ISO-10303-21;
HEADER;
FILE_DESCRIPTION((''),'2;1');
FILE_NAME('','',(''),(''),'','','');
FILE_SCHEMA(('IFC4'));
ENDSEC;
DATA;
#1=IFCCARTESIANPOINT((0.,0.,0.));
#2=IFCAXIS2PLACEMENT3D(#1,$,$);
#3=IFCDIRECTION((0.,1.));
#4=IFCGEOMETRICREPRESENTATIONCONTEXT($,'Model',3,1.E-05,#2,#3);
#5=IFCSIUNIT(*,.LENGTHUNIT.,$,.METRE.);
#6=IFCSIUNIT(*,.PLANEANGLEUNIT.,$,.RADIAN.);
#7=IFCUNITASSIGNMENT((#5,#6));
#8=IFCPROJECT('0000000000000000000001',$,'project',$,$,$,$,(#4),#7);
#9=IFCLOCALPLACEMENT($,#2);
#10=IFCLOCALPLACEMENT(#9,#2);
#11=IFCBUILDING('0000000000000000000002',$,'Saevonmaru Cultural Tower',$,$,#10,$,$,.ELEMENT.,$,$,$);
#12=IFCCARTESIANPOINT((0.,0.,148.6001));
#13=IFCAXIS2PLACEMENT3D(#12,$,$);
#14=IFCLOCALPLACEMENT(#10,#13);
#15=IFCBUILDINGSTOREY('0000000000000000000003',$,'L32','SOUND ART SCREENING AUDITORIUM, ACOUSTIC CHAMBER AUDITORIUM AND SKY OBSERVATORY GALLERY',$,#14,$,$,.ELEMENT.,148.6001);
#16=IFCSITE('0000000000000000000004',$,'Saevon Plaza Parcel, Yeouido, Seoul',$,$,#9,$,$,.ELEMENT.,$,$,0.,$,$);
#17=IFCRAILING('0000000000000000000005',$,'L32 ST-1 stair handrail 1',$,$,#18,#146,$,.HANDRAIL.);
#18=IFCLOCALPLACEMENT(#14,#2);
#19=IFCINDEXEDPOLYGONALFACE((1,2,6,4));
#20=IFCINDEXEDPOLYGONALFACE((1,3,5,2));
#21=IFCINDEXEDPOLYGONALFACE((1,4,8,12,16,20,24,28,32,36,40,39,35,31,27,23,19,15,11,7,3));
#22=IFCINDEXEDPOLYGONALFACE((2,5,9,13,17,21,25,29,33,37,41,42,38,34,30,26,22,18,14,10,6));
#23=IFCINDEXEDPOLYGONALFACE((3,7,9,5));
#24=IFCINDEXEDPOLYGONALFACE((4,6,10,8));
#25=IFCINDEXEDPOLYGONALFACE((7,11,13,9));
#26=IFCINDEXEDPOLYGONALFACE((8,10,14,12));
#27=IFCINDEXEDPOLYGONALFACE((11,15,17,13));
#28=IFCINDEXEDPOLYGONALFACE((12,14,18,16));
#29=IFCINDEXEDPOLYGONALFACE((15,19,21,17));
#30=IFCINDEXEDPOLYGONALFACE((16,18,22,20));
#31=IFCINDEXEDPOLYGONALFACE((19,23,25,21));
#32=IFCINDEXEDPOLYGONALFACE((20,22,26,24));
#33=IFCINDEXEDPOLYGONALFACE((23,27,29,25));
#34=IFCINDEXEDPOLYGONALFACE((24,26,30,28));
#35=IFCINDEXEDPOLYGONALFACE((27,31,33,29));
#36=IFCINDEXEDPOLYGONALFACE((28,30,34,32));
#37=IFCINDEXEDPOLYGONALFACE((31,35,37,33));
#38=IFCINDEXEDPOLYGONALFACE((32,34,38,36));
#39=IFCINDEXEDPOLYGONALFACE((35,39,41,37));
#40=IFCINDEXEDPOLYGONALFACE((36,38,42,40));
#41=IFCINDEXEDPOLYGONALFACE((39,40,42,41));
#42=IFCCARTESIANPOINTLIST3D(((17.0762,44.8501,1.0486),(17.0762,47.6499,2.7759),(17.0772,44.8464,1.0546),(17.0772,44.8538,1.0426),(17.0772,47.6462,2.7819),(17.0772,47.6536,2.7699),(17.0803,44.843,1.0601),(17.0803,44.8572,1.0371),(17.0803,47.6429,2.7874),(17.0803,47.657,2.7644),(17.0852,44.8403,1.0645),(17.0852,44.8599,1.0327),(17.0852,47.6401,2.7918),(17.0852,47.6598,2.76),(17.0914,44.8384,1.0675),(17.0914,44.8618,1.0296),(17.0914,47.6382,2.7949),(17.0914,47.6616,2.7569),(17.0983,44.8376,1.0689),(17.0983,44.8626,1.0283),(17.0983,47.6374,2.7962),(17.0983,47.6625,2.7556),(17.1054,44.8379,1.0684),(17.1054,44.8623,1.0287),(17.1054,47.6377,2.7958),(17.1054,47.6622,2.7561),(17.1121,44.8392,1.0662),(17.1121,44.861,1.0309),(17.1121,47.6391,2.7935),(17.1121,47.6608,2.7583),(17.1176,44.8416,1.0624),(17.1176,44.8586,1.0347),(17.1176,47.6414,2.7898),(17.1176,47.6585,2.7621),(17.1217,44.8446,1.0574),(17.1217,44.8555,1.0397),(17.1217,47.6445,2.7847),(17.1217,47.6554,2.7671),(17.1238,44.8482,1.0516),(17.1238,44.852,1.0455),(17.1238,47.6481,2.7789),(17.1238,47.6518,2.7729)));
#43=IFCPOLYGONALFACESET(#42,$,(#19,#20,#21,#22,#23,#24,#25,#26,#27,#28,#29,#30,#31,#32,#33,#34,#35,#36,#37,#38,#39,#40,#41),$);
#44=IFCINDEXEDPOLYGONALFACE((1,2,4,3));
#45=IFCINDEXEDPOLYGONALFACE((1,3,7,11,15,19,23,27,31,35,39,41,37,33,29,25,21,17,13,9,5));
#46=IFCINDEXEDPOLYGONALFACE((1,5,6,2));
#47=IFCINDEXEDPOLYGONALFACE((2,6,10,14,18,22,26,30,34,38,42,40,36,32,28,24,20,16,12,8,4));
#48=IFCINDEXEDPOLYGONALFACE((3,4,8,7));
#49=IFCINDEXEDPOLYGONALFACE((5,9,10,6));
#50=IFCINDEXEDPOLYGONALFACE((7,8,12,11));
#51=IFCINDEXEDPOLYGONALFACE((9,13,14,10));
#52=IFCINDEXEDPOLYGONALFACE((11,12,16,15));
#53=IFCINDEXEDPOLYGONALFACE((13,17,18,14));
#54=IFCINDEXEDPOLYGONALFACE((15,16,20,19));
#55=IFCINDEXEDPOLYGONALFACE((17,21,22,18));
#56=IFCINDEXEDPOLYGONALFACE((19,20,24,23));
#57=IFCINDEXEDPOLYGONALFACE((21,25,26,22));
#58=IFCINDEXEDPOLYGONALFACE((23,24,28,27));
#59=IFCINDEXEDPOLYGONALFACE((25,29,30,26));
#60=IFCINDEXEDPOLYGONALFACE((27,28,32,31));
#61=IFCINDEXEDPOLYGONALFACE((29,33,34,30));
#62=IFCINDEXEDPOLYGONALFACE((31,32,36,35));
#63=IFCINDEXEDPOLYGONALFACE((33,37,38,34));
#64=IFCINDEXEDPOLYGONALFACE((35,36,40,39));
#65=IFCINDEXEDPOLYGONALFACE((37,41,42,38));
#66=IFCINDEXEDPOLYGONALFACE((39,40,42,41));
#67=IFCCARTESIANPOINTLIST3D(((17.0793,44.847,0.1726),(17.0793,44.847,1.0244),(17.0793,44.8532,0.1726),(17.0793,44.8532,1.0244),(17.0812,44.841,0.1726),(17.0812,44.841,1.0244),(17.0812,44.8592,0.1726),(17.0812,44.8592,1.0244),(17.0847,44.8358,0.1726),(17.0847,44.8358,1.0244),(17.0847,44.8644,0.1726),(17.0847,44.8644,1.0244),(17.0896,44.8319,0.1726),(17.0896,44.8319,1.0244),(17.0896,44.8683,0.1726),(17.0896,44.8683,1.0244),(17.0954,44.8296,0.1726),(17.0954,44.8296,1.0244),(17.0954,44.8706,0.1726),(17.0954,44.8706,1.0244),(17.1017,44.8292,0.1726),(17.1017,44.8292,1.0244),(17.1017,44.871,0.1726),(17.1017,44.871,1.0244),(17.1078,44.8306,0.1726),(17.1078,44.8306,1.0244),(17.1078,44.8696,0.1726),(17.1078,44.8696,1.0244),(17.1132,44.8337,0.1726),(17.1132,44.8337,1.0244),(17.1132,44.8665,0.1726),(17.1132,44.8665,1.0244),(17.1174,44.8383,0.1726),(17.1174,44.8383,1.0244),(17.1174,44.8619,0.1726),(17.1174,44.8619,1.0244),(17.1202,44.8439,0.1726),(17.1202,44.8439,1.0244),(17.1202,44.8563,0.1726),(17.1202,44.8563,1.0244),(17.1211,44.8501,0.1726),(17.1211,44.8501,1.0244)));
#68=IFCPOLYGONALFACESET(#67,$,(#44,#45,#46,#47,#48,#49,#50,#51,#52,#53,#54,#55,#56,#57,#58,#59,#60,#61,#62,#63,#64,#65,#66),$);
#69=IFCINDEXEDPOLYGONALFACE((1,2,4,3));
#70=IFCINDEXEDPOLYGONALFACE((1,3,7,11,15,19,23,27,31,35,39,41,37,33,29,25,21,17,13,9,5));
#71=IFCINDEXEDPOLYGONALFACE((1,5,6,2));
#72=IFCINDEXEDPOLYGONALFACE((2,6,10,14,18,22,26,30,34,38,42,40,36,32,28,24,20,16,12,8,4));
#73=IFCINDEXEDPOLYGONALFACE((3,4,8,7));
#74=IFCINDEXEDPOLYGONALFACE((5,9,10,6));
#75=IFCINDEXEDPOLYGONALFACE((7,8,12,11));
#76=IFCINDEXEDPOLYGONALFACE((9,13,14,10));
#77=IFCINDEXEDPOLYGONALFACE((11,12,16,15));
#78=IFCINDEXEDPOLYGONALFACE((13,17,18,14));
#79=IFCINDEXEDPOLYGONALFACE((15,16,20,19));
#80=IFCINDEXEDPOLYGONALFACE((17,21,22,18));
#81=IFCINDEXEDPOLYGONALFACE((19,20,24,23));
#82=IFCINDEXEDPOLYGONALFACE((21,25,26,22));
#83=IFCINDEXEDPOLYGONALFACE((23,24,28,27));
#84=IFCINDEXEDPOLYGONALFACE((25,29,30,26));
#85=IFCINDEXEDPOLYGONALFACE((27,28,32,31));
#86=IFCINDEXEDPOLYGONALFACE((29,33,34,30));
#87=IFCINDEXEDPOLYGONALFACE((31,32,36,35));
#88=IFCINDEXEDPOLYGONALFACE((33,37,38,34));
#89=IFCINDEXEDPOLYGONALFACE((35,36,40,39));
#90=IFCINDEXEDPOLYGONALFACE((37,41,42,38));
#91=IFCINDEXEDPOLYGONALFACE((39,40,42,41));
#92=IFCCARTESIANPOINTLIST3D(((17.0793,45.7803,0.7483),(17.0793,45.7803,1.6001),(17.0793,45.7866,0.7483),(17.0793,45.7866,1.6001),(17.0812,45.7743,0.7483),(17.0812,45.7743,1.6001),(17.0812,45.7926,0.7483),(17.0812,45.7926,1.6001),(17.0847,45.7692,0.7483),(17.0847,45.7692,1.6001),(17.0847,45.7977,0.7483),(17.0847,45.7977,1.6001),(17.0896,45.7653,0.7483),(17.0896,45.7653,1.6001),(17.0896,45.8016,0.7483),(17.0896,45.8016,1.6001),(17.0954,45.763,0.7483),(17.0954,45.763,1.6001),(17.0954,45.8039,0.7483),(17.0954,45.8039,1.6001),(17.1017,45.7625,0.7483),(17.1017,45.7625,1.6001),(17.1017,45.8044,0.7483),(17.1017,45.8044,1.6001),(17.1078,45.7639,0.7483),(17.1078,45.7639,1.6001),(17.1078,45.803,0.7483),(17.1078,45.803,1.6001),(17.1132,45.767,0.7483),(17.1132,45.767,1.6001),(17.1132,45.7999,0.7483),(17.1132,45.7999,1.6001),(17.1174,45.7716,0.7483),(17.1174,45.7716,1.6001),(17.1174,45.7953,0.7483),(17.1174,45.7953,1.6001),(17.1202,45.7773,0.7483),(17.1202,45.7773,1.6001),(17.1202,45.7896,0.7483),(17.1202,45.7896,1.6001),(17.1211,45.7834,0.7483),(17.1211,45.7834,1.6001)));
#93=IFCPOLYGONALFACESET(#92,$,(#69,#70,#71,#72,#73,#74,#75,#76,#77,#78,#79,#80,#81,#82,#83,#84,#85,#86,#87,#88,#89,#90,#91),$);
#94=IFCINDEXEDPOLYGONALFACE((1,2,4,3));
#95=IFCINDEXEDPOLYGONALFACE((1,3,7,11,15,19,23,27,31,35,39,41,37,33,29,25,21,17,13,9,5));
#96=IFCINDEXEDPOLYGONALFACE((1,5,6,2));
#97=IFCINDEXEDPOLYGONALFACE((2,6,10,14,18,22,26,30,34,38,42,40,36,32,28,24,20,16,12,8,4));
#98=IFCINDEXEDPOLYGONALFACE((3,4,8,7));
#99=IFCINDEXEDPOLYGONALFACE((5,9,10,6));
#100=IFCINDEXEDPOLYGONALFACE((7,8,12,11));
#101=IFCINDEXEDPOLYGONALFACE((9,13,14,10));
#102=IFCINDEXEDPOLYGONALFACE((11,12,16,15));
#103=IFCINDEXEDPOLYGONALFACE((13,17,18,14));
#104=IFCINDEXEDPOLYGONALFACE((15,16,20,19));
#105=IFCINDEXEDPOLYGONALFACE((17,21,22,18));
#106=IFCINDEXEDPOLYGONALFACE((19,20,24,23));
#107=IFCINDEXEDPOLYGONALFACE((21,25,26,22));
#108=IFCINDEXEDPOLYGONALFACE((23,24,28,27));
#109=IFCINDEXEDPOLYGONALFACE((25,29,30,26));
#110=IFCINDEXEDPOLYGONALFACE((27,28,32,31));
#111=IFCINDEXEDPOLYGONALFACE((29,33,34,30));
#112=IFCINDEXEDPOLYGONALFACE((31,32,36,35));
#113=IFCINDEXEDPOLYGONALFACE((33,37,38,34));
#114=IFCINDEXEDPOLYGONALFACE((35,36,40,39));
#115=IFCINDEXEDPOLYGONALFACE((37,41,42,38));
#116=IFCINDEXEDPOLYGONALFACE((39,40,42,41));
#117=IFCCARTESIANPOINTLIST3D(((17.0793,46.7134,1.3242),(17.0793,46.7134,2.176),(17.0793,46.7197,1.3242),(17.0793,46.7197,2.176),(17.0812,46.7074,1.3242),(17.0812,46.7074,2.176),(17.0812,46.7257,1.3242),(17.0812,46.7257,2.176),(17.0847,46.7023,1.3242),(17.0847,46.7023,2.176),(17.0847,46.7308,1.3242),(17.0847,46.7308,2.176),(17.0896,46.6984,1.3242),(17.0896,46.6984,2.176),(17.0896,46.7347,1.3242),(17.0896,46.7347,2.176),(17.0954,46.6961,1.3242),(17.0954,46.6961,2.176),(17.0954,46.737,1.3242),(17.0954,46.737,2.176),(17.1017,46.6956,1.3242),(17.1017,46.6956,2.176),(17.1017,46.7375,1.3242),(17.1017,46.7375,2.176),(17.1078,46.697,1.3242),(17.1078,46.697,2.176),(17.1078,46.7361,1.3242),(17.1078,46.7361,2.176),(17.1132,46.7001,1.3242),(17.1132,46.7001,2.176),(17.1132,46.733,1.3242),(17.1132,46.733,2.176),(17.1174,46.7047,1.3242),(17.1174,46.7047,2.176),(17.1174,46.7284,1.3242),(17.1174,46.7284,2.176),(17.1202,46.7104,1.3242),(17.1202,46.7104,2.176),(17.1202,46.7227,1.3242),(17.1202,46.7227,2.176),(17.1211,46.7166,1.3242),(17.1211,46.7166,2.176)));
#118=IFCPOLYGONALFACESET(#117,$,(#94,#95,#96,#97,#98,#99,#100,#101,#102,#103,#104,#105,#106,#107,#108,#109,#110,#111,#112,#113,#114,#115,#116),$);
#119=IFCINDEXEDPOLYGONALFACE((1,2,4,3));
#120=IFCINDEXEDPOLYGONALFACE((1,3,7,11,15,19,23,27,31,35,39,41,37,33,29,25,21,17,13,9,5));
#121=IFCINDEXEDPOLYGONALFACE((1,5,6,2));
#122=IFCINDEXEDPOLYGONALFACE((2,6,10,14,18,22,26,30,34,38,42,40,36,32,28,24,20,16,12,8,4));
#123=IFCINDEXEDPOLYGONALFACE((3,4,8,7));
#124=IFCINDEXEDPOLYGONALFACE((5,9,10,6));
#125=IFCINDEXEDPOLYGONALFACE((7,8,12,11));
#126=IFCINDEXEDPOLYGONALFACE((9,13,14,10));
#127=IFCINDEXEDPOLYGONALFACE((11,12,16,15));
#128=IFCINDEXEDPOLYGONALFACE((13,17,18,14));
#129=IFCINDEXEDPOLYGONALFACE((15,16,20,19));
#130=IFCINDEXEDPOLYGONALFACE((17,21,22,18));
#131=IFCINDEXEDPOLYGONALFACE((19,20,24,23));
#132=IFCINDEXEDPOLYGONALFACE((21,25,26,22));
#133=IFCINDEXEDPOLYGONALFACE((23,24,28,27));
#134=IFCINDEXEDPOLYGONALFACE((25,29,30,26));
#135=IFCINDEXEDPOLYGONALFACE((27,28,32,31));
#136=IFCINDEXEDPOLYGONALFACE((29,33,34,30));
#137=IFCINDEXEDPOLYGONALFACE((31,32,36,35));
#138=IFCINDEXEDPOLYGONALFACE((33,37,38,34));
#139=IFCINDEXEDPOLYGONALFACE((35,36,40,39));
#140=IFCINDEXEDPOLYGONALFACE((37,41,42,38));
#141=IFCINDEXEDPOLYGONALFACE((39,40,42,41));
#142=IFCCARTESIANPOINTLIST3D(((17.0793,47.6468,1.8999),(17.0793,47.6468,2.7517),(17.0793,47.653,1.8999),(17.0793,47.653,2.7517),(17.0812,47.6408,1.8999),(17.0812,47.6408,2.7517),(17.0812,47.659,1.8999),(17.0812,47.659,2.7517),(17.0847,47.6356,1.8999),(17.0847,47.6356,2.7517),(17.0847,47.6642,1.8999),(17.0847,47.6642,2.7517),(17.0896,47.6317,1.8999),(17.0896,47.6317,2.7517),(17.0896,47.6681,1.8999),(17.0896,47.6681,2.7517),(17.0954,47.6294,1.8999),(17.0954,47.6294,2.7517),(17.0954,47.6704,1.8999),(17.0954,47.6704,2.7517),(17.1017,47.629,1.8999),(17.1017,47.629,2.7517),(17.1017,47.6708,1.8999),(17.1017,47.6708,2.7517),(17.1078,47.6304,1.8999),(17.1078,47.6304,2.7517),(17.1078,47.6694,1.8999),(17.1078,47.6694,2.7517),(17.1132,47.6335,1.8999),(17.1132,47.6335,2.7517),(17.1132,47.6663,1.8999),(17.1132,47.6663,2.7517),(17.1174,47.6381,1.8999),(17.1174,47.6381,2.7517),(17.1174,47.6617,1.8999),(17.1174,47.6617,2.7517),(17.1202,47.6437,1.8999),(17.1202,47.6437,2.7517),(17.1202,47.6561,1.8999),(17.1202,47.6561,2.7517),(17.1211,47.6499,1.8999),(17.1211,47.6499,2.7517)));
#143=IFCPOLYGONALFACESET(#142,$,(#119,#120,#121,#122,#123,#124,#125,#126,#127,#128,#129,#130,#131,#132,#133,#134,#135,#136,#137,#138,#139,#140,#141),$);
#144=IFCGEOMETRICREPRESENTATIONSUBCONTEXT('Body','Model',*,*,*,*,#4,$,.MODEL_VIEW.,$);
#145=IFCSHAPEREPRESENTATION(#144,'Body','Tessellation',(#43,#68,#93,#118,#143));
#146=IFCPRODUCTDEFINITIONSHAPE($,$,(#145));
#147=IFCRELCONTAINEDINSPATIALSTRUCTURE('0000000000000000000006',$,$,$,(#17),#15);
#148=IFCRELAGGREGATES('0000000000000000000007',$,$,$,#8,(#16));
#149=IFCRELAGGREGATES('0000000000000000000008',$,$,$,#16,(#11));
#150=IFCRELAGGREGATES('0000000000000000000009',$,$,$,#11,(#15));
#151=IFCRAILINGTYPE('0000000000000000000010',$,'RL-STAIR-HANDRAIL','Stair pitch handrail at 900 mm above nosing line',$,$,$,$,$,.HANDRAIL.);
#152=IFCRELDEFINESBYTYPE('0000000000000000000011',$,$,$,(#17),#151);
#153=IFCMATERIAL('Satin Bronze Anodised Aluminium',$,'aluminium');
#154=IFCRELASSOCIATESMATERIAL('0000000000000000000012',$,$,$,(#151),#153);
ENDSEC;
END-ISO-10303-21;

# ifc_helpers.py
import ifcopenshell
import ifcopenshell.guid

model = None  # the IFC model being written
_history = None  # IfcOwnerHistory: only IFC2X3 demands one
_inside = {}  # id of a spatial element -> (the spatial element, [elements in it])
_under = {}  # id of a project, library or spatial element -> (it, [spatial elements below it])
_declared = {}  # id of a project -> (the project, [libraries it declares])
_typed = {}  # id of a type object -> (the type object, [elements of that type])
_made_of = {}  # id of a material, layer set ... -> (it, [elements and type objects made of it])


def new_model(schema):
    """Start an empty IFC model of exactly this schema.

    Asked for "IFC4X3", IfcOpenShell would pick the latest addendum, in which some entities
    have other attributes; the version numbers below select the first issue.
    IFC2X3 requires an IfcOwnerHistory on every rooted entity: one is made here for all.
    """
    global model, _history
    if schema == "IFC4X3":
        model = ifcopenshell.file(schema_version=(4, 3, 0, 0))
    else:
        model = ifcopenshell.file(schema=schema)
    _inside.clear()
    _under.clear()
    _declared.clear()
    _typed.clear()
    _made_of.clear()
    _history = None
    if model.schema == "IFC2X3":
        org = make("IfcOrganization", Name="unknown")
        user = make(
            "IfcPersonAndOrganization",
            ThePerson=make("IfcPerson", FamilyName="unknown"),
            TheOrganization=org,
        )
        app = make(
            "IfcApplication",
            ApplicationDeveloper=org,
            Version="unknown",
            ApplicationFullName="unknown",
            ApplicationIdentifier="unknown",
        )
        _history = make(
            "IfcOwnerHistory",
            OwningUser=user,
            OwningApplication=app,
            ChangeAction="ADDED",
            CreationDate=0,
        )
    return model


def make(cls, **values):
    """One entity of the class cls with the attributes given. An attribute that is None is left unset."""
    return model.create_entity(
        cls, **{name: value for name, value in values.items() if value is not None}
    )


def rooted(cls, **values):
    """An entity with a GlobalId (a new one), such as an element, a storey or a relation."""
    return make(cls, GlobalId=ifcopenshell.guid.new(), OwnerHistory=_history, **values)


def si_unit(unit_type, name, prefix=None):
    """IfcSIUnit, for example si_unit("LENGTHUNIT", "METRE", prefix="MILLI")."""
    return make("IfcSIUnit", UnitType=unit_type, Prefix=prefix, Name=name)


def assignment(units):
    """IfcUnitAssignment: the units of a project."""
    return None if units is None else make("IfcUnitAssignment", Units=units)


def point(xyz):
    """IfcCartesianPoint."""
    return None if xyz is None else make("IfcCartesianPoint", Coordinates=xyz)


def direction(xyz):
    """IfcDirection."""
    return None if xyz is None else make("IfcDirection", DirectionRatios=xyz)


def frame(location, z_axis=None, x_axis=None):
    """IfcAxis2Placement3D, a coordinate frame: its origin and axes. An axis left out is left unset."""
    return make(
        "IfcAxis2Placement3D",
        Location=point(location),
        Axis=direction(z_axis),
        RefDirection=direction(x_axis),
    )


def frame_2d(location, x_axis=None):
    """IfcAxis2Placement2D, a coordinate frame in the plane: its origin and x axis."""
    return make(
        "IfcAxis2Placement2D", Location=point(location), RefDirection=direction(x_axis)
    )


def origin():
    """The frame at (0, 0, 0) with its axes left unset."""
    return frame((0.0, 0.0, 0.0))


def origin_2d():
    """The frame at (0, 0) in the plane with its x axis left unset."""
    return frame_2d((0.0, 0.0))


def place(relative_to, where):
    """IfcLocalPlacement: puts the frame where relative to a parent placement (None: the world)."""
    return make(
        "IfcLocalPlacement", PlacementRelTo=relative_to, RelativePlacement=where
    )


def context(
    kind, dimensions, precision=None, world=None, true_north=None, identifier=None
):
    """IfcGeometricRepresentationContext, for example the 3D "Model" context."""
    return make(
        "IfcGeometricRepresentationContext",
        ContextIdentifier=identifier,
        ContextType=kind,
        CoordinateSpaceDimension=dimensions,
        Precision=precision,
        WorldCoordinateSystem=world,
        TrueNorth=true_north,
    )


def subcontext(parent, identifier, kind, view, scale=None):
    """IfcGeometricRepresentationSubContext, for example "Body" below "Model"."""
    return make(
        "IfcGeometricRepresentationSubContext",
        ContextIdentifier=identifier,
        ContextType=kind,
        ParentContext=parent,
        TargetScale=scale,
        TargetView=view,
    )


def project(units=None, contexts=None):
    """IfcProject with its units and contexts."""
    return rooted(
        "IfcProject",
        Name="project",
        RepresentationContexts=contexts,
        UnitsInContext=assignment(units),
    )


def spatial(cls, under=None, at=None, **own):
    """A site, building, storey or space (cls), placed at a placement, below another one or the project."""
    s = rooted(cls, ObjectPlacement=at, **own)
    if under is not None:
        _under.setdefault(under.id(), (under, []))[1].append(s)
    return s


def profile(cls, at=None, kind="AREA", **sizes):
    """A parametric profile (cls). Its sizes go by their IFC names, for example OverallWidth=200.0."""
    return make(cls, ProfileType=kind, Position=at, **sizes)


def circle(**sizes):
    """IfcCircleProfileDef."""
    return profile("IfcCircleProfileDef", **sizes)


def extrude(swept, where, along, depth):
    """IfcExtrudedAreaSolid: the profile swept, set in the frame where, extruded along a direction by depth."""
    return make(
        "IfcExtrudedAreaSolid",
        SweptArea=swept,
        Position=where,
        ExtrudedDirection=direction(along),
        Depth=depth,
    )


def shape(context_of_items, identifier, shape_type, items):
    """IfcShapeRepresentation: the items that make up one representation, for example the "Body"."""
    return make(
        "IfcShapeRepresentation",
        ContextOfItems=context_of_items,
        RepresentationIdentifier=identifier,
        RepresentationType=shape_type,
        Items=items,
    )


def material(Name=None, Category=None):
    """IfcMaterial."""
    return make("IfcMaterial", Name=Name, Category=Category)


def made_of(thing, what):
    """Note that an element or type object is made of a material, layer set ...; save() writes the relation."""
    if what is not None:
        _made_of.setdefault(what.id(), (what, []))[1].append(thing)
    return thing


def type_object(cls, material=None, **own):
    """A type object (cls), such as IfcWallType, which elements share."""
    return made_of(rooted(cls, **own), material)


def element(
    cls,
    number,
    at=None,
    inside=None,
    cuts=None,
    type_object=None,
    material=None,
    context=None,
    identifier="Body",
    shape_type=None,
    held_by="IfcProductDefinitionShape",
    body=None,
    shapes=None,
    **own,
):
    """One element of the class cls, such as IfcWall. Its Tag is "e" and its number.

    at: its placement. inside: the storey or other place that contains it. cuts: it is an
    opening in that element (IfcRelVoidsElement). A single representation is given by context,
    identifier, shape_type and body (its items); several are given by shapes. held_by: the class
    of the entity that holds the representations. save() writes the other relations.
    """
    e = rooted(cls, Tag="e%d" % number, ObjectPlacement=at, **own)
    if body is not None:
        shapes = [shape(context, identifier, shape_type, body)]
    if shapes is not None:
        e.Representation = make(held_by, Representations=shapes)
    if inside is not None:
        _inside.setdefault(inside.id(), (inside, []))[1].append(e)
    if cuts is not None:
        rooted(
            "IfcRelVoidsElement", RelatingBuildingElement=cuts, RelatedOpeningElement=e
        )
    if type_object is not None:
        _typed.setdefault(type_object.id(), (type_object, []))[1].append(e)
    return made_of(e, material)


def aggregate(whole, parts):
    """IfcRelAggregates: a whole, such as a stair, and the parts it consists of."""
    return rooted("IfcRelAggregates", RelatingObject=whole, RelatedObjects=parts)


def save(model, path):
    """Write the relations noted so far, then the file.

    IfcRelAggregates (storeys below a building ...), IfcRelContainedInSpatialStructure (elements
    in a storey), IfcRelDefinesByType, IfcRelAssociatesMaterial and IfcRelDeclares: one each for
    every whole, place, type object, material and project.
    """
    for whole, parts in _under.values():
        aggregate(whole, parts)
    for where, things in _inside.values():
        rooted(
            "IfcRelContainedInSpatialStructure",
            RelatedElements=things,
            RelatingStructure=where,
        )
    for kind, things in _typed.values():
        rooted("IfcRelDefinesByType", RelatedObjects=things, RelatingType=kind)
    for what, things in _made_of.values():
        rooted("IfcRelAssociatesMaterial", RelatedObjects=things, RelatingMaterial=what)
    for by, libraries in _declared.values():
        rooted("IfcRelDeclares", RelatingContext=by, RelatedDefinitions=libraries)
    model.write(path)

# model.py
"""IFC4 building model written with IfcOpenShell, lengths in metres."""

from ifc_helpers import new_model, si_unit, direction, frame, origin, origin_2d, place, context, subcontext, project, spatial, circle, extrude, material, type_object, element, save


model = new_model("IFC4")

# Units and contexts
model_context = context("Model", 3, precision=1e-05, world=origin(), true_north=direction((0.0, 1.0)))
body_context = subcontext(model_context, "Body", "Model", "MODEL_VIEW")
ifc_project = project(units=[si_unit("LENGTHUNIT", "METRE"), si_unit("PLANEANGLEUNIT", "RADIAN")], contexts=[model_context])

# Site, building, storey
site_placement = place(None, origin())
site = spatial("IfcSite", under=ifc_project, at=site_placement, Name="Saevon Plaza Parcel, Yeouido, Seoul", CompositionType="ELEMENT", RefElevation=0.0)
building_placement = place(site_placement, origin())
building = spatial("IfcBuilding", under=site, at=building_placement, Name="Saevonmaru Cultural Tower", CompositionType="ELEMENT")
storey_placement = place(building_placement, frame((0.0, 0.0, 148.6001)))
storey = spatial("IfcBuildingStorey", under=building, at=storey_placement, Name="L32", Description="SOUND ART SCREENING AUDITORIUM, ACOUSTIC CHAMBER AUDITORIUM AND SKY OBSERVATORY GALLERY", CompositionType="ELEMENT", Elevation=148.6001)

# Shared definitions
ifc_material_1 = material(Name="Satin Bronze Anodised Aluminium", Category="aluminium")

# Railing
railing_type_1 = type_object("IfcRailingType", Name="RL-STAIR-HANDRAIL", Description="Stair pitch handrail at 900 mm above nosing line", PredefinedType="HANDRAIL", material=ifc_material_1)
railing_1_placement = place(storey_placement, frame((17.1001, 44.8501, 0.1726)))
element("IfcRailing", 1, at=railing_1_placement, inside=storey, type_object=railing_type_1, Name="L32 ST-1 stair handrail 1", PredefinedType="HANDRAIL", context=body_context, shape_type="SweptSolid", body=[
    extrude(circle(Radius=0.0239, at=origin_2d()), frame((0.0, 0.0, 0.876), z_axis=(0.0, 0.851069, 0.525054), x_axis=(-1.0, 0.0, 0.0)), (0.0, 0.0, 1.0), 3.2898),
    extrude(circle(Radius=0.021, at=origin_2d()), origin(), (0.0, 0.0, 1.0), 0.8518),
    extrude(circle(Radius=0.021, at=origin_2d()), frame((0.0, 0.9333, 0.5757)), (0.0, 0.0, 1.0), 0.8518),
    extrude(circle(Radius=0.021, at=origin_2d()), frame((0.0, 1.8665, 1.1516)), (0.0, 0.0, 1.0), 0.8518),
    extrude(circle(Radius=0.021, at=origin_2d()), frame((0.0, 2.7998, 1.7273)), (0.0, 0.0, 1.0), 0.8518),
])

save(model, "model.ifc")
